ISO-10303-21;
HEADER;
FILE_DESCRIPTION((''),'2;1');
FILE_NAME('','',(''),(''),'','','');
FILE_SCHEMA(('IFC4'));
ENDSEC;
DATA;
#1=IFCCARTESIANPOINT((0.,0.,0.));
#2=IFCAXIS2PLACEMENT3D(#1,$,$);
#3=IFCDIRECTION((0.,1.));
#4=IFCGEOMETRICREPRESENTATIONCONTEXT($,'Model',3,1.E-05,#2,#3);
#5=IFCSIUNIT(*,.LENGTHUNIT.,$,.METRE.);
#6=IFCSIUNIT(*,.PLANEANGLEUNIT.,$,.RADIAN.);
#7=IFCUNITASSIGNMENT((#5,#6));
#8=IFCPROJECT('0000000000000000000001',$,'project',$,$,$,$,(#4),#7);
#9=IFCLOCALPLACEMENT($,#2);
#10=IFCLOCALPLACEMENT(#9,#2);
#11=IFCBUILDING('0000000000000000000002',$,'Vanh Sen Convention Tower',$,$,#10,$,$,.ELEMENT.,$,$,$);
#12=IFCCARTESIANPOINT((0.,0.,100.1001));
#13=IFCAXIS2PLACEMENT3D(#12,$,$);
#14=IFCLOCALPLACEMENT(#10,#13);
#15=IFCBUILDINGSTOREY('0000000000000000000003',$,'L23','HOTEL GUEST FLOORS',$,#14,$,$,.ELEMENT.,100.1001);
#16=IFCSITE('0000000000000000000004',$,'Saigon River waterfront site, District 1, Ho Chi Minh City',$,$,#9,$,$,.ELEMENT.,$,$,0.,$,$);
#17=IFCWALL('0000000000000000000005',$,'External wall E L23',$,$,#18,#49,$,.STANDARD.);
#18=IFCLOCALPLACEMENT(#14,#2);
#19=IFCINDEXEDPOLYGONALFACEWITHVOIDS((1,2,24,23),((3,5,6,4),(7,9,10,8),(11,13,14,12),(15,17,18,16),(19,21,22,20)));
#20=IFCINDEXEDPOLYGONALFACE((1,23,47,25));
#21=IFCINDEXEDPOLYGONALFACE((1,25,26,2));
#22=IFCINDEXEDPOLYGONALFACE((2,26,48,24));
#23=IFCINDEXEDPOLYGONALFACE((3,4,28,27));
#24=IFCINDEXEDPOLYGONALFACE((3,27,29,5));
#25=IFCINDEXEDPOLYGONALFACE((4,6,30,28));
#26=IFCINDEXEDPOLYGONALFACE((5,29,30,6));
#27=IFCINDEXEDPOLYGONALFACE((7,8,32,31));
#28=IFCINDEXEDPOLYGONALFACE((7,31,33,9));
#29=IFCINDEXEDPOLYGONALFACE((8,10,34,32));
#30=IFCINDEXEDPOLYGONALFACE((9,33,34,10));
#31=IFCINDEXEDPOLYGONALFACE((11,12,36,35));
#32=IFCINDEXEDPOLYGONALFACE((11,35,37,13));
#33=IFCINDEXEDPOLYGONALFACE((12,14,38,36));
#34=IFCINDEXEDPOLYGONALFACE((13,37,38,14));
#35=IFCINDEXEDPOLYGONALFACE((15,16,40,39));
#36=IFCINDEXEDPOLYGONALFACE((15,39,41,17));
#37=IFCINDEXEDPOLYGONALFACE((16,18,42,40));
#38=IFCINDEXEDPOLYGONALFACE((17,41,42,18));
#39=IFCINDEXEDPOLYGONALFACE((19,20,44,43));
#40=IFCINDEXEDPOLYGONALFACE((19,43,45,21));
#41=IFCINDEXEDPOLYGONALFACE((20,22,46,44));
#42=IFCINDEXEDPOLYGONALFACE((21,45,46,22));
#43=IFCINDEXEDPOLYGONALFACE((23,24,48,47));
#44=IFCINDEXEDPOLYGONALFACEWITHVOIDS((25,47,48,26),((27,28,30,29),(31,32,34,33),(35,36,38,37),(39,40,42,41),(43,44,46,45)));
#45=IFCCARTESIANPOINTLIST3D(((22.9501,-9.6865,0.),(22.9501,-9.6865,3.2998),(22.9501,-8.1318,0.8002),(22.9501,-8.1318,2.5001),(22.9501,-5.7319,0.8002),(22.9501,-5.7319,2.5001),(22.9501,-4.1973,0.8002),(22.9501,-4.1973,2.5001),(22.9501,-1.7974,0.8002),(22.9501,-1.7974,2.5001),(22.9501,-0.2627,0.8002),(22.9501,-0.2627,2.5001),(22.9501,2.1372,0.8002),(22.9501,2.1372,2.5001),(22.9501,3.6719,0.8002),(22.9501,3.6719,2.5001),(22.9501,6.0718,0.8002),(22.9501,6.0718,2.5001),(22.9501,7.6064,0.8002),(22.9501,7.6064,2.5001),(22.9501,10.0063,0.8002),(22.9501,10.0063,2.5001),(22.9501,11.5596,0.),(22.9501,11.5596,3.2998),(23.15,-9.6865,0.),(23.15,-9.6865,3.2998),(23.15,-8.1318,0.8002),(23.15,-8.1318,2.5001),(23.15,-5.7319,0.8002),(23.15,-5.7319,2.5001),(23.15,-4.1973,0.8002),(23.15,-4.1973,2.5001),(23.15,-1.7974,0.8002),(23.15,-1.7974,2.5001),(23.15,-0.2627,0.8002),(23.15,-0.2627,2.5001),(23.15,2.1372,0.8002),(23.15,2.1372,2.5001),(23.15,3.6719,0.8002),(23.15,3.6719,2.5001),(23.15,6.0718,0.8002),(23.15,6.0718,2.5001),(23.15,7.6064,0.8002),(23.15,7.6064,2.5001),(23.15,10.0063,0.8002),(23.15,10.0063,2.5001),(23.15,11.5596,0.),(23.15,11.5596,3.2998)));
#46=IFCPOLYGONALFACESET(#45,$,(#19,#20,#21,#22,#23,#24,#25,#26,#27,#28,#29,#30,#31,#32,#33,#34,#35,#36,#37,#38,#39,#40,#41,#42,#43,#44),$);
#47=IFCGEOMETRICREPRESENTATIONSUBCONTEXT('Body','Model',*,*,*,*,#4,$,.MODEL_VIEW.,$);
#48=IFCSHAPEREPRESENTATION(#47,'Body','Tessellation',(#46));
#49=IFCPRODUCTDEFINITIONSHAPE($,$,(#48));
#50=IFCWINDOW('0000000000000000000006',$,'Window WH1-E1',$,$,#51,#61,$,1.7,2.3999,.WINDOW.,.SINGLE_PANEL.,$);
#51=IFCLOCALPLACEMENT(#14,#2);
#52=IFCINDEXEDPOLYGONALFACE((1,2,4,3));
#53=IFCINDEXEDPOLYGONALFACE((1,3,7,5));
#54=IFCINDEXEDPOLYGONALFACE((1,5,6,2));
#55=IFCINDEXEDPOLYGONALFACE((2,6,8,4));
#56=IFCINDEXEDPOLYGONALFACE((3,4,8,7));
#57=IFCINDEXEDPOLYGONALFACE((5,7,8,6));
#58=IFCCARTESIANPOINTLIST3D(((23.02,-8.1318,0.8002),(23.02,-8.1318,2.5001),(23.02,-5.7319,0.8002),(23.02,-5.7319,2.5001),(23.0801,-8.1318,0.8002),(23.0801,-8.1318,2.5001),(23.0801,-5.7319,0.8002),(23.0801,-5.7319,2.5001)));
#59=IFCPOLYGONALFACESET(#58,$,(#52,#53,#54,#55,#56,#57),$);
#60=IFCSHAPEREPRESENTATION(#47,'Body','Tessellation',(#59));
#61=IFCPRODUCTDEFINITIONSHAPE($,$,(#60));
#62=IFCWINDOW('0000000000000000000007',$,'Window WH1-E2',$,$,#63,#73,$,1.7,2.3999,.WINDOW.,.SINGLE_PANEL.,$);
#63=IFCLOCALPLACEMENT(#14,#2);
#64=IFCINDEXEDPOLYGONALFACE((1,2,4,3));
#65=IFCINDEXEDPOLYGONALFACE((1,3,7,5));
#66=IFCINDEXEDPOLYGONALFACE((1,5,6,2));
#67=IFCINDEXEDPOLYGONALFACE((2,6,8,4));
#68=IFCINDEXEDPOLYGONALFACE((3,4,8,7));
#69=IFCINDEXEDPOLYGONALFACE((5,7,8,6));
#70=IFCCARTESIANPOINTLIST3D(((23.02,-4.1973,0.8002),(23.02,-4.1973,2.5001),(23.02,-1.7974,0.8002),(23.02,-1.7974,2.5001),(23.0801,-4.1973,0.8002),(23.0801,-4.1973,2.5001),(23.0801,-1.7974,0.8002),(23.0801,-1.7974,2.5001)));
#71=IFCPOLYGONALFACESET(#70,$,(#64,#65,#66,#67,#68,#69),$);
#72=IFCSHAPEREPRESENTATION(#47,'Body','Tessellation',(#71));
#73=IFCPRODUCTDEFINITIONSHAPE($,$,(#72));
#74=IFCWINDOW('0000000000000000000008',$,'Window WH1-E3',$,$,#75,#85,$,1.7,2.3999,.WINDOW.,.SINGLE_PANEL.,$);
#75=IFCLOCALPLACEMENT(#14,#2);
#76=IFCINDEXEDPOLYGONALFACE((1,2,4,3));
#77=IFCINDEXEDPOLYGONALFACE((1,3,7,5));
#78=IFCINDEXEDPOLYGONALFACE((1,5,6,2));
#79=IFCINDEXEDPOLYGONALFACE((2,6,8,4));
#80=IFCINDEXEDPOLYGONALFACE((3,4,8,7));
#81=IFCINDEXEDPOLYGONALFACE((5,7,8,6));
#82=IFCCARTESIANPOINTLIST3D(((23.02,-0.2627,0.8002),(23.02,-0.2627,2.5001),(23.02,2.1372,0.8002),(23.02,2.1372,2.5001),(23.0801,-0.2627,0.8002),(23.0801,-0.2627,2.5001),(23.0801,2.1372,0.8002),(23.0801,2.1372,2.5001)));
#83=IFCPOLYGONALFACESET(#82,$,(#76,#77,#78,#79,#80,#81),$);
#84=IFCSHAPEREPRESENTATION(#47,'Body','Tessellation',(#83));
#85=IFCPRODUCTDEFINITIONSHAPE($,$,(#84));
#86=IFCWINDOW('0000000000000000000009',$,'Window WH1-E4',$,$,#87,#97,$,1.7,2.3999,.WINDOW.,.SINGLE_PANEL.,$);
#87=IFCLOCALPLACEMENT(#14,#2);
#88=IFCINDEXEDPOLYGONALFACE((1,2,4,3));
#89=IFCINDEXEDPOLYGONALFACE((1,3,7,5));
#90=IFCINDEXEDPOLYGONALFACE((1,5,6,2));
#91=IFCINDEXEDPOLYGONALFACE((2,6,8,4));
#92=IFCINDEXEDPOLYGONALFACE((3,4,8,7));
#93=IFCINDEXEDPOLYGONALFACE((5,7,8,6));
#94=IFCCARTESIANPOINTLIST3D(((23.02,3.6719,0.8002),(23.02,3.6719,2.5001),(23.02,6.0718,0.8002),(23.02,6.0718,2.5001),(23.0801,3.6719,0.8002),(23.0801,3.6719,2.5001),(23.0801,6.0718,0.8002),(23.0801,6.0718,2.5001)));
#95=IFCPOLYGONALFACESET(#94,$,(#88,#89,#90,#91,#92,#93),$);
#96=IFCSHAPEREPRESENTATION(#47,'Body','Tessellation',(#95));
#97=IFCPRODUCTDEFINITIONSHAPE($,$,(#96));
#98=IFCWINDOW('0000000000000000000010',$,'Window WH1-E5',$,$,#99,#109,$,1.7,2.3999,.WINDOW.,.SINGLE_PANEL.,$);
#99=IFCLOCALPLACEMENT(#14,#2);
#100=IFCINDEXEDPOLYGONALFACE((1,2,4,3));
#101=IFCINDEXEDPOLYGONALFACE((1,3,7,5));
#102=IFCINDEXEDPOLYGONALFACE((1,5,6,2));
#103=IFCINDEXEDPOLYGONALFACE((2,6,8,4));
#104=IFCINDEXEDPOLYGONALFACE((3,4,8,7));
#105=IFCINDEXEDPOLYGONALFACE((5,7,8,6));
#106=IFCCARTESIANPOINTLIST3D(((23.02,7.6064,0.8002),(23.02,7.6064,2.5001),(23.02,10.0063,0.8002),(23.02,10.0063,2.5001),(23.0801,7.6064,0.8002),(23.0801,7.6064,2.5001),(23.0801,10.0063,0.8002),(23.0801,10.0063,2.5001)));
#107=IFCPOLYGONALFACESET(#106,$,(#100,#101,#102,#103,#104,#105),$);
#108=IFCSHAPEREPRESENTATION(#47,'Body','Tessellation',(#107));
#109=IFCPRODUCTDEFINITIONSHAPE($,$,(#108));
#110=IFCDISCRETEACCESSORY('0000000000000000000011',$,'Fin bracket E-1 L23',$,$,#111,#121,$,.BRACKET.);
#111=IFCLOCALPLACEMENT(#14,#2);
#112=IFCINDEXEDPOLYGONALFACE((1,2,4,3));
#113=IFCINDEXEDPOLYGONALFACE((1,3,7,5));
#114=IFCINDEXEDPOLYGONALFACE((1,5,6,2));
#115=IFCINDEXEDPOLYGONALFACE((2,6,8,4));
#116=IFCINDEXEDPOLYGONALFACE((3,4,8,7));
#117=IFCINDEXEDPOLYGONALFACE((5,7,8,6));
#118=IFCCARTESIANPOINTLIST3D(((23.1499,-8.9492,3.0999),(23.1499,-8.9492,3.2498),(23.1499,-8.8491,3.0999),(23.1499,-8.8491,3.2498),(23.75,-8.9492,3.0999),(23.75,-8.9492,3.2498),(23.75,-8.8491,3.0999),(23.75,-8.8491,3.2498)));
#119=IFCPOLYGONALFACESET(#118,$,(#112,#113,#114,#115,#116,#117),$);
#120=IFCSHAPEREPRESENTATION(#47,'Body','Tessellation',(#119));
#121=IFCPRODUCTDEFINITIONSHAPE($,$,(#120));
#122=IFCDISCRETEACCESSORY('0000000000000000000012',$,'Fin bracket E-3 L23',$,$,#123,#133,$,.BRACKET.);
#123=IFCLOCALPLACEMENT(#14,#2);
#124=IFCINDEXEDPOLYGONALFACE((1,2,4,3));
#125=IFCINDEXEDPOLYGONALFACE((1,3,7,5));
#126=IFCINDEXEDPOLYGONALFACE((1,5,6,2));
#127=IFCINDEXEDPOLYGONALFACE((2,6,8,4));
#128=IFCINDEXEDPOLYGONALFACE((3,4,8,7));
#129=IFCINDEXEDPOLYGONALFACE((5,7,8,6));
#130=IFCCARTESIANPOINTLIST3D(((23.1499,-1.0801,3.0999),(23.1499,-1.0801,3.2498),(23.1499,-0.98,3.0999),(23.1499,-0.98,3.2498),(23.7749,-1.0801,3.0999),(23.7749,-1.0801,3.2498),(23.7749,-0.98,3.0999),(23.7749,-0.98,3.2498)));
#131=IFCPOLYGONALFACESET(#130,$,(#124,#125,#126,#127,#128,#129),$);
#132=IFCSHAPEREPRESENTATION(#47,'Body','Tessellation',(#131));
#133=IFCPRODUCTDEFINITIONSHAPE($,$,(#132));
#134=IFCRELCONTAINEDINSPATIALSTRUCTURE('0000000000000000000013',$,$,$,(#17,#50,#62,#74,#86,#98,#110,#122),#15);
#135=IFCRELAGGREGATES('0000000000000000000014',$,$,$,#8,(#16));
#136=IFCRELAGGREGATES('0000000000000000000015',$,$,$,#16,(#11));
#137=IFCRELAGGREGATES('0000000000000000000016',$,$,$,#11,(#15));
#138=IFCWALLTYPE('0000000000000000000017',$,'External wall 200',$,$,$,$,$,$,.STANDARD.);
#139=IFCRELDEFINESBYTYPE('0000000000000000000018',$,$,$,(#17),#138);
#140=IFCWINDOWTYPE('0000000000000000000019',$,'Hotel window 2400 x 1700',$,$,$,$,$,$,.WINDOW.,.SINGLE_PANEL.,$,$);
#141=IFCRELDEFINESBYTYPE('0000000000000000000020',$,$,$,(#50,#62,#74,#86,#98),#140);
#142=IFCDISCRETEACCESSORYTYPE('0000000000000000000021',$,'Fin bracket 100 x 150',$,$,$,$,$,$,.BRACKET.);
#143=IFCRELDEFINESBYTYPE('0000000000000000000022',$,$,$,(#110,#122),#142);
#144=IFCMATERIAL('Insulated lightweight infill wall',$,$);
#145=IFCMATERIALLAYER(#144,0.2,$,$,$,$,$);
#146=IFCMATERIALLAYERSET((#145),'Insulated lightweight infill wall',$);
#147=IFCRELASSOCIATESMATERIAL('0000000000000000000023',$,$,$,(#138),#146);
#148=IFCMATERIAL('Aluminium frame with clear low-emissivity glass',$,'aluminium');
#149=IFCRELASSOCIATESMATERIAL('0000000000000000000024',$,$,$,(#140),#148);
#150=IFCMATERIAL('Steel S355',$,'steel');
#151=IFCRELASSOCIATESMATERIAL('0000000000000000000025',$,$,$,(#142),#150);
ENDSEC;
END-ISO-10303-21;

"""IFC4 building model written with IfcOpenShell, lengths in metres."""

from ifc_helpers import new_model, si_unit, direction, frame, frame_2d, origin, origin_2d, place, context, subcontext, project, spatial, rectangle, extrude, material, layer, layer_set, type_object, element, fill, save


model = new_model("IFC4")

# Units and contexts
model_context = context("Model", 3, precision=1e-05, world=origin(), true_north=direction((0.0, 1.0)))
body_context = subcontext(model_context, "Body", "Model", "MODEL_VIEW")
ifc_project = project(units=[si_unit("LENGTHUNIT", "METRE"), si_unit("PLANEANGLEUNIT", "RADIAN")], contexts=[model_context])

# Site, building, storey
site_placement = place(None, origin())
site = spatial("IfcSite", under=ifc_project, at=site_placement, Name="Saigon River waterfront site, District 1, Ho Chi Minh City", CompositionType="ELEMENT", RefElevation=0.0)
building_placement = place(site_placement, origin())
building = spatial("IfcBuilding", under=site, at=building_placement, Name="Vanh Sen Convention Tower", CompositionType="ELEMENT")
storey_placement = place(building_placement, frame((0.0, 0.0, 100.1001)))
storey = spatial("IfcBuildingStorey", under=building, at=storey_placement, Name="L23", Description="HOTEL GUEST FLOORS", CompositionType="ELEMENT", Elevation=100.1001)

# Wall, openings, windows
ifc_material_1 = material(Name="Insulated lightweight infill wall")
ifc_layer_1 = layer(ifc_material_1, 0.2)
ifc_layer_set_1 = layer_set([ifc_layer_1], Name="Insulated lightweight infill wall")
wall_type_1 = type_object("IfcWallType", Name="External wall 200", PredefinedType="STANDARD", material=ifc_layer_set_1)
wall_1_placement = place(storey_placement, frame((23.05, -9.6865, 0.0), z_axis=(0.0, 0.0, 1.0), x_axis=(0.0, 1.0, 0.0)))
wall_1 = element("IfcWall", 1, at=wall_1_placement, inside=storey, type_object=wall_type_1, Name="External wall E L23", PredefinedType="STANDARD", context=body_context, shape_type="SweptSolid", body=[
    extrude(rectangle(XDim=21.2461, YDim=0.2, at=frame_2d((10.623, 0.0))), origin(), (0.0, 0.0, 1.0), 3.2998),
])
opening_1_placement = place(wall_1_placement, frame((1.5547, 0.0, 0.8)))
opening_1 = element("IfcOpeningElement", 2, at=opening_1_placement, cuts=wall_1, PredefinedType="OPENING", context=body_context, shape_type="SweptSolid", body=[
    extrude(rectangle(XDim=2.3999, YDim=1.7, at=frame_2d((1.2, 0.8501))), frame((0.0, 0.1099, 0.0), z_axis=(0.0, -1.0, 0.0), x_axis=(1.0, 0.0, 0.0)), (0.0, 0.0, 1.0), 0.22),
])
opening_2_placement = place(wall_1_placement, frame((5.4893, 0.0, 0.8)))
opening_2 = element("IfcOpeningElement", 3, at=opening_2_placement, cuts=wall_1, PredefinedType="OPENING", context=body_context, shape_type="SweptSolid", body=[
    extrude(rectangle(XDim=2.3999, YDim=1.7, at=frame_2d((1.2, 0.8501))), frame((0.0, 0.1099, 0.0), z_axis=(0.0, -1.0, 0.0), x_axis=(1.0, 0.0, 0.0)), (0.0, 0.0, 1.0), 0.22),
])
opening_3_placement = place(wall_1_placement, frame((9.4238, 0.0, 0.8)))
opening_3 = element("IfcOpeningElement", 4, at=opening_3_placement, cuts=wall_1, PredefinedType="OPENING", context=body_context, shape_type="SweptSolid", body=[
    extrude(rectangle(XDim=2.3999, YDim=1.7, at=frame_2d((1.2, 0.8501))), frame((0.0, 0.1099, 0.0), z_axis=(0.0, -1.0, 0.0), x_axis=(1.0, 0.0, 0.0)), (0.0, 0.0, 1.0), 0.22),
])
opening_4_placement = place(wall_1_placement, frame((13.3584, 0.0, 0.8)))
opening_4 = element("IfcOpeningElement", 5, at=opening_4_placement, cuts=wall_1, PredefinedType="OPENING", context=body_context, shape_type="SweptSolid", body=[
    extrude(rectangle(XDim=2.3999, YDim=1.7, at=frame_2d((1.2, 0.8501))), frame((0.0, 0.1099, 0.0), z_axis=(0.0, -1.0, 0.0), x_axis=(1.0, 0.0, 0.0)), (0.0, 0.0, 1.0), 0.22),
])
opening_5_placement = place(wall_1_placement, frame((17.293, 0.0, 0.8)))
opening_5 = element("IfcOpeningElement", 6, at=opening_5_placement, cuts=wall_1, PredefinedType="OPENING", context=body_context, shape_type="SweptSolid", body=[
    extrude(rectangle(XDim=2.3999, YDim=1.7, at=frame_2d((1.2, 0.8501))), frame((0.0, 0.1099, 0.0), z_axis=(0.0, -1.0, 0.0), x_axis=(1.0, 0.0, 0.0)), (0.0, 0.0, 1.0), 0.22),
])
ifc_material_2 = material(Name="Aluminium frame with clear low-emissivity glass", Category="aluminium")
window_type = type_object("IfcWindowType", Name="Hotel window 2400 x 1700", PartitioningType="SINGLE_PANEL", PredefinedType="WINDOW", material=ifc_material_2)
window_1_placement = place(opening_1_placement, origin())
window_1 = element("IfcWindow", 7, at=window_1_placement, inside=storey, type_object=window_type, Name="Window WH1-E1", OverallHeight=1.7, OverallWidth=2.3999, PartitioningType="SINGLE_PANEL", PredefinedType="WINDOW", context=body_context, shape_type="SweptSolid", body=[
    extrude(rectangle(XDim=2.3999, YDim=1.7, at=frame_2d((1.2, 0.8501))), frame((0.0, 0.03, 0.0), z_axis=(0.0, -1.0, 0.0), x_axis=(1.0, 0.0, 0.0)), (0.0, 0.0, 1.0), 0.0601),
])
fill(opening_1, window_1)
window_2_placement = place(opening_2_placement, origin())
window_2 = element("IfcWindow", 8, at=window_2_placement, inside=storey, type_object=window_type, Name="Window WH1-E2", OverallHeight=1.7, OverallWidth=2.3999, PartitioningType="SINGLE_PANEL", PredefinedType="WINDOW", context=body_context, shape_type="SweptSolid", body=[
    extrude(rectangle(XDim=2.3999, YDim=1.7, at=frame_2d((1.2, 0.8501))), frame((0.0, 0.03, 0.0), z_axis=(0.0, -1.0, 0.0), x_axis=(1.0, 0.0, 0.0)), (0.0, 0.0, 1.0), 0.0601),
])
fill(opening_2, window_2)
window_3_placement = place(opening_3_placement, origin())
window_3 = element("IfcWindow", 9, at=window_3_placement, inside=storey, type_object=window_type, Name="Window WH1-E3", OverallHeight=1.7, OverallWidth=2.3999, PartitioningType="SINGLE_PANEL", PredefinedType="WINDOW", context=body_context, shape_type="SweptSolid", body=[
    extrude(rectangle(XDim=2.3999, YDim=1.7, at=frame_2d((1.2, 0.8501))), frame((0.0, 0.03, 0.0), z_axis=(0.0, -1.0, 0.0), x_axis=(1.0, 0.0, 0.0)), (0.0, 0.0, 1.0), 0.0601),
])
fill(opening_3, window_3)
window_4_placement = place(opening_4_placement, origin())
window_4 = element("IfcWindow", 10, at=window_4_placement, inside=storey, type_object=window_type, Name="Window WH1-E4", OverallHeight=1.7, OverallWidth=2.3999, PartitioningType="SINGLE_PANEL", PredefinedType="WINDOW", context=body_context, shape_type="SweptSolid", body=[
    extrude(rectangle(XDim=2.3999, YDim=1.7, at=frame_2d((1.2, 0.8501))), frame((0.0, 0.03, 0.0), z_axis=(0.0, -1.0, 0.0), x_axis=(1.0, 0.0, 0.0)), (0.0, 0.0, 1.0), 0.0601),
])
fill(opening_4, window_4)
window_5_placement = place(opening_5_placement, origin())
window_5 = element("IfcWindow", 11, at=window_5_placement, inside=storey, type_object=window_type, Name="Window WH1-E5", OverallHeight=1.7, OverallWidth=2.3999, PartitioningType="SINGLE_PANEL", PredefinedType="WINDOW", context=body_context, shape_type="SweptSolid", body=[
    extrude(rectangle(XDim=2.3999, YDim=1.7, at=frame_2d((1.2, 0.8501))), frame((0.0, 0.03, 0.0), z_axis=(0.0, -1.0, 0.0), x_axis=(1.0, 0.0, 0.0)), (0.0, 0.0, 1.0), 0.0601),
])
fill(opening_5, window_5)

# Discrete accessories
ifc_material_3 = material(Name="Steel S355", Category="steel")
discrete_accessory_type = type_object("IfcDiscreteAccessoryType", Name="Fin bracket 100 x 150", PredefinedType="BRACKET", material=ifc_material_3)
discrete_accessory_1_placement = place(storey_placement, frame((23.45, -8.8992, 3.0999), z_axis=(0.0, 0.0, 1.0), x_axis=(1.0, 0.0, 0.0)))
element("IfcDiscreteAccessory", 12, at=discrete_accessory_1_placement, inside=storey, type_object=discrete_accessory_type, Name="Fin bracket E-1 L23", PredefinedType="BRACKET", context=body_context, shape_type="SweptSolid", body=[
    extrude(rectangle(XDim=0.6001, YDim=0.1001, at=origin_2d()), origin(), (0.0, 0.0, 1.0), 0.1499),
])
discrete_accessory_2_placement = place(storey_placement, frame((23.4624, -1.03, 3.0999), z_axis=(0.0, 0.0, 1.0), x_axis=(1.0, 0.0, 0.0)))
element("IfcDiscreteAccessory", 13, at=discrete_accessory_2_placement, inside=storey, type_object=discrete_accessory_type, Name="Fin bracket E-3 L23", PredefinedType="BRACKET", context=body_context, shape_type="SweptSolid", body=[
    extrude(rectangle(XDim=0.625, YDim=0.1001, at=origin_2d()), origin(), (0.0, 0.0, 1.0), 0.1499),
])

save(model, "model.ifc")
